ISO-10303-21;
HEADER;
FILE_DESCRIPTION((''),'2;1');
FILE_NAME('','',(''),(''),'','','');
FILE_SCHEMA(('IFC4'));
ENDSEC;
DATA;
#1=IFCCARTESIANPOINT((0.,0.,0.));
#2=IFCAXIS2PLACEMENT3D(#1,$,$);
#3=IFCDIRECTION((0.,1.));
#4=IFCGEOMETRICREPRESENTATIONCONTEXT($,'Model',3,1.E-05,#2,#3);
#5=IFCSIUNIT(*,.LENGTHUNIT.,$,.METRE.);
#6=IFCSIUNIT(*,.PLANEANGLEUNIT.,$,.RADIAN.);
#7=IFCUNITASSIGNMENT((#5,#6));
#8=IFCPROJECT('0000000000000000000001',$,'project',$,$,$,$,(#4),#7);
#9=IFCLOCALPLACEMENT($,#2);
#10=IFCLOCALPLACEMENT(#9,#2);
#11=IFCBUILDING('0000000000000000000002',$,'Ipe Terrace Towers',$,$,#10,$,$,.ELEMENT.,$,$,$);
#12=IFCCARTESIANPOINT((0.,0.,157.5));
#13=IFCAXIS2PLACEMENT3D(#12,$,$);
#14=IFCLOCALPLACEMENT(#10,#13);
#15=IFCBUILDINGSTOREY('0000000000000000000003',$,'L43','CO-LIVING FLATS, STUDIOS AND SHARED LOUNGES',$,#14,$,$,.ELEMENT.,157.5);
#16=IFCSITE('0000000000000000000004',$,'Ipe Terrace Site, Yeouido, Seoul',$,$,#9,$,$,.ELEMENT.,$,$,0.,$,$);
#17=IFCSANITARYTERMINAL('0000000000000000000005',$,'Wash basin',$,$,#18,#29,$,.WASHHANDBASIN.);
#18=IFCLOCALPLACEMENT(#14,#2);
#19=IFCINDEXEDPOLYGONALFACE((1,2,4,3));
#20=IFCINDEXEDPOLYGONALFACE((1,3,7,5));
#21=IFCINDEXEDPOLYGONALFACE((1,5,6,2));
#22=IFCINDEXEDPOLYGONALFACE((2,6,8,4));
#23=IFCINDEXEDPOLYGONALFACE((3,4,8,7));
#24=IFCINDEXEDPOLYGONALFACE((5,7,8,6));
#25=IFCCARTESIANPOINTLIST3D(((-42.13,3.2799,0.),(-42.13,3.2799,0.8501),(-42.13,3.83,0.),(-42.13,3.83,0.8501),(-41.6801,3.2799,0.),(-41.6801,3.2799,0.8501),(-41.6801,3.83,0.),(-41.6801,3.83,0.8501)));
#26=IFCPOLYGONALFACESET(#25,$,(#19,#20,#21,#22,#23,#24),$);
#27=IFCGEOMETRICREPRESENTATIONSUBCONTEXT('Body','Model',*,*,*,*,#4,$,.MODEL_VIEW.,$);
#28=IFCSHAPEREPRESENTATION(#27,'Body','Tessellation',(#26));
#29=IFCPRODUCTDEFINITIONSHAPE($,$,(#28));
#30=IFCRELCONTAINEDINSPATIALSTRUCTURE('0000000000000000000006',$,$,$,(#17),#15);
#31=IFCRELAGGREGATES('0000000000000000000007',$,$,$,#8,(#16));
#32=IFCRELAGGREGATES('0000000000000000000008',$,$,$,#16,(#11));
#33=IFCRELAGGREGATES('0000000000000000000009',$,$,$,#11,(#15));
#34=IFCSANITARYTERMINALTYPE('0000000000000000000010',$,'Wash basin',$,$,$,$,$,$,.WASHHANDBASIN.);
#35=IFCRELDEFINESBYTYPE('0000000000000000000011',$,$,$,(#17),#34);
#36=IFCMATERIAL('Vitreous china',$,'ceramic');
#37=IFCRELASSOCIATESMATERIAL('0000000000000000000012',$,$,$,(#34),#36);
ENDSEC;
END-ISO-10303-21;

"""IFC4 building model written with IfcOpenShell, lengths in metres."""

from ifc_helpers import new_model, si_unit, direction, frame, origin, origin_2d, place, context, subcontext, project, spatial, rectangle, extrude, material, type_object, element, save


model = new_model("IFC4")

# Units and contexts
model_context = context("Model", 3, precision=1e-05, world=origin(), true_north=direction((0.0, 1.0)))
body_context = subcontext(model_context, "Body", "Model", "MODEL_VIEW")
ifc_project = project(units=[si_unit("LENGTHUNIT", "METRE"), si_unit("PLANEANGLEUNIT", "RADIAN")], contexts=[model_context])

# Site, building, storey
site_placement = place(None, origin())
site = spatial("IfcSite", under=ifc_project, at=site_placement, Name="Ipe Terrace Site, Yeouido, Seoul", CompositionType="ELEMENT", RefElevation=0.0)
building_placement = place(site_placement, origin())
building = spatial("IfcBuilding", under=site, at=building_placement, Name="Ipe Terrace Towers", CompositionType="ELEMENT")
storey_placement = place(building_placement, frame((0.0, 0.0, 157.5)))
storey = spatial("IfcBuildingStorey", under=building, at=storey_placement, Name="L43", Description="CO-LIVING FLATS, STUDIOS AND SHARED LOUNGES", CompositionType="ELEMENT", Elevation=157.5)

# Sanitary terminal
ifc_material_1 = material(Name="Vitreous china", Category="ceramic")
sanitary_terminal_type = type_object("IfcSanitaryTerminalType", Name="Wash basin", PredefinedType="WASHHANDBASIN", material=ifc_material_1)
sanitary_terminal_placement = place(storey_placement, frame((-41.905, 3.5549, 0.0), z_axis=(0.0, 0.0, 1.0), x_axis=(0.0, -1.0, 0.0)))
element("IfcSanitaryTerminal", 1, at=sanitary_terminal_placement, inside=storey, type_object=sanitary_terminal_type, Name="Wash basin", PredefinedType="WASHHANDBASIN", context=body_context, shape_type="SweptSolid", body=[
    extrude(rectangle(XDim=0.55, YDim=0.45, at=origin_2d()), origin(), (0.0, 0.0, 1.0), 0.8501),
])

save(model, "model.ifc")
